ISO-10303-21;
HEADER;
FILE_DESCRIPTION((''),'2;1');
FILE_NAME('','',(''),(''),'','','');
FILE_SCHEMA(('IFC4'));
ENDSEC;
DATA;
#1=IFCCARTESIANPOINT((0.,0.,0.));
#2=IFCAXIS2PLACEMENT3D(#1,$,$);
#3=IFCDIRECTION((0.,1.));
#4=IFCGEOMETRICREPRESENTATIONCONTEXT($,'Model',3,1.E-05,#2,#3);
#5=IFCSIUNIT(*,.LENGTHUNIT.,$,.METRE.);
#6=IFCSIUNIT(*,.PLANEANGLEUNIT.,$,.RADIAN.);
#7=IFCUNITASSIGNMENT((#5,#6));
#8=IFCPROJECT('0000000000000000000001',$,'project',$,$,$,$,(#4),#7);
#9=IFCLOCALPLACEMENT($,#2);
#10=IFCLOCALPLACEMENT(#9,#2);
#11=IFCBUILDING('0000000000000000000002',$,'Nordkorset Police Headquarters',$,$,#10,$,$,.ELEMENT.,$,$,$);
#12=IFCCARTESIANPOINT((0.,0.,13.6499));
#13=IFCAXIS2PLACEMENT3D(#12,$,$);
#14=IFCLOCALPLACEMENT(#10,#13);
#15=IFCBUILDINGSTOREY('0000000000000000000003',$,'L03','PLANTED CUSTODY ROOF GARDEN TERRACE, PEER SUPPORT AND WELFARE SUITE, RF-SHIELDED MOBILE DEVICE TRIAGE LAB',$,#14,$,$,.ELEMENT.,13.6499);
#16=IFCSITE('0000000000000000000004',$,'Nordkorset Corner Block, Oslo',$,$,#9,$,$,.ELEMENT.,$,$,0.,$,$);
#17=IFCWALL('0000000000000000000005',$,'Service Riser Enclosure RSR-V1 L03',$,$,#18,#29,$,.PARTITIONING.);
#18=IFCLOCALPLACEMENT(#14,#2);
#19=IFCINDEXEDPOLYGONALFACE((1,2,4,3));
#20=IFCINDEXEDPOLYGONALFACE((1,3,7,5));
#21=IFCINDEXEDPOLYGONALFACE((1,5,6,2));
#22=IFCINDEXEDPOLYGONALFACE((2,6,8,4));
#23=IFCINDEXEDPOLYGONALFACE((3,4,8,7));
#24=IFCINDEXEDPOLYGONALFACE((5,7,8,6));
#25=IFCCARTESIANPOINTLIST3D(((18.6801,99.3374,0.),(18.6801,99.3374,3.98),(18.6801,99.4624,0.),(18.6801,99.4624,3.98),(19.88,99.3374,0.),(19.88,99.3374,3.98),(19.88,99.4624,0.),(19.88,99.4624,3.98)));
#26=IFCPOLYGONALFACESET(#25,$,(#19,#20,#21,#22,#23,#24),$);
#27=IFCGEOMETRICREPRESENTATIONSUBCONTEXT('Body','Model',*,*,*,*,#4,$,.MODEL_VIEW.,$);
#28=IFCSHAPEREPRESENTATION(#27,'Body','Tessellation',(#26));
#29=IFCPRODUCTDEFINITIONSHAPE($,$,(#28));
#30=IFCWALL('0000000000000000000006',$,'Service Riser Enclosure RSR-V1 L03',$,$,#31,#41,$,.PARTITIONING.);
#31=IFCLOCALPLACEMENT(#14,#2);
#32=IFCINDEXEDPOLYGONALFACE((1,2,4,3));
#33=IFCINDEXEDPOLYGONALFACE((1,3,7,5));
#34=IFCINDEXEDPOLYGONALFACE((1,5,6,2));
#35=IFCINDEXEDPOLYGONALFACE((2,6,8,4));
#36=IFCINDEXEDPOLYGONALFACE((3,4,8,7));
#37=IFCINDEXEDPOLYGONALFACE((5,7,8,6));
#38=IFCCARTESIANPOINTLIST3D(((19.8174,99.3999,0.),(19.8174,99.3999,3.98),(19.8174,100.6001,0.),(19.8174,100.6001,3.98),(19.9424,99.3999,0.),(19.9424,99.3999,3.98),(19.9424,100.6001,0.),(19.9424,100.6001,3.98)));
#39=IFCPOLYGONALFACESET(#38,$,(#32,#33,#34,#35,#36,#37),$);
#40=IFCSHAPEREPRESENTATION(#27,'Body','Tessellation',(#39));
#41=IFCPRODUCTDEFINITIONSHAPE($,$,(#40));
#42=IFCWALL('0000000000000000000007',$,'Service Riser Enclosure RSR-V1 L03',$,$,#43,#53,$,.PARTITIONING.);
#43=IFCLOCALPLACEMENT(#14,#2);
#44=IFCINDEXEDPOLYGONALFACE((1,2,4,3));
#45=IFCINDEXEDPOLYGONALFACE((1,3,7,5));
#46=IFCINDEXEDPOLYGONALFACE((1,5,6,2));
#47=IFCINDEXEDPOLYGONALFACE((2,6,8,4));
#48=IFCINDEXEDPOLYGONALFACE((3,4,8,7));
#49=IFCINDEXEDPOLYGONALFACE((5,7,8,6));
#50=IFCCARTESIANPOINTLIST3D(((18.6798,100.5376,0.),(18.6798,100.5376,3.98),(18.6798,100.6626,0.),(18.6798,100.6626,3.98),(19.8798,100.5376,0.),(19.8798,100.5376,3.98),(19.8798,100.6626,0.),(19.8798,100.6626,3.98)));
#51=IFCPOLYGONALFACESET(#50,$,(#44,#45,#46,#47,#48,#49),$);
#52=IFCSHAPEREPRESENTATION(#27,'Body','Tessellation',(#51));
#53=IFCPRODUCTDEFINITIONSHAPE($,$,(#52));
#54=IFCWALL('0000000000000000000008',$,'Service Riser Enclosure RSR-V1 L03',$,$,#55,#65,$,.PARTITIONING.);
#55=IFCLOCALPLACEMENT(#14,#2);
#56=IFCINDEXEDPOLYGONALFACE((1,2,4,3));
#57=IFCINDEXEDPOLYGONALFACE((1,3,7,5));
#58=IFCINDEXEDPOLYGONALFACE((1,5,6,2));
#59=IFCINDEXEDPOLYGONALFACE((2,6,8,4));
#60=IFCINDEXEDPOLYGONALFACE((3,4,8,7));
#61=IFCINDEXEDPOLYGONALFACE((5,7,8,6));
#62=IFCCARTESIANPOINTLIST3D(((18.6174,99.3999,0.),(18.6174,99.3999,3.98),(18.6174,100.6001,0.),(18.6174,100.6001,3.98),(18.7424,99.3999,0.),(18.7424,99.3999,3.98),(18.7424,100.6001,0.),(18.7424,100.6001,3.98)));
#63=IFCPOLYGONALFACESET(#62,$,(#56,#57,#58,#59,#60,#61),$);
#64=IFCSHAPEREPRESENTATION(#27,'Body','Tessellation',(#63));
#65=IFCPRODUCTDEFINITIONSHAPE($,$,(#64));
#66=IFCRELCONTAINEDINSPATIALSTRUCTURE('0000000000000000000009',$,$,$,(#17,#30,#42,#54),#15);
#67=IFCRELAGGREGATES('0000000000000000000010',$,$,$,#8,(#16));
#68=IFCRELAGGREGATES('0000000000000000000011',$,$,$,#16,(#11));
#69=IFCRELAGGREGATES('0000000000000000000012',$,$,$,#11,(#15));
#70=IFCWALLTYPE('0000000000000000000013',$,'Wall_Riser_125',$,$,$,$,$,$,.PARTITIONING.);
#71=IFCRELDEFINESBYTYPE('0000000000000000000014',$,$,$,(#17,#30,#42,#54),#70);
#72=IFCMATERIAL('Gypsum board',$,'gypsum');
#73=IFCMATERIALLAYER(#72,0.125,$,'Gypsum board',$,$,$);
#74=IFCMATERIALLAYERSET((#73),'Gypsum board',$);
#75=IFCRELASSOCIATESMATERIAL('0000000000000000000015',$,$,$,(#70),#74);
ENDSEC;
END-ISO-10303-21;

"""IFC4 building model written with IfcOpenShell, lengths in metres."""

from ifc_helpers import new_model, si_unit, direction, frame, frame_2d, origin, place, context, subcontext, project, spatial, rectangle, extrude, material, layer, layer_set, type_object, element, save


model = new_model("IFC4")

# Units and contexts
model_context = context("Model", 3, precision=1e-05, world=origin(), true_north=direction((0.0, 1.0)))
body_context = subcontext(model_context, "Body", "Model", "MODEL_VIEW")
ifc_project = project(units=[si_unit("LENGTHUNIT", "METRE"), si_unit("PLANEANGLEUNIT", "RADIAN")], contexts=[model_context])

# Site, building, storey
site_placement = place(None, origin())
site = spatial("IfcSite", under=ifc_project, at=site_placement, Name="Nordkorset Corner Block, Oslo", CompositionType="ELEMENT", RefElevation=0.0)
building_placement = place(site_placement, origin())
building = spatial("IfcBuilding", under=site, at=building_placement, Name="Nordkorset Police Headquarters", CompositionType="ELEMENT")
storey_placement = place(building_placement, frame((0.0, 0.0, 13.6499)))
storey = spatial("IfcBuildingStorey", under=building, at=storey_placement, Name="L03", Description="PLANTED CUSTODY ROOF GARDEN TERRACE, PEER SUPPORT AND WELFARE SUITE, RF-SHIELDED MOBILE DEVICE TRIAGE LAB", CompositionType="ELEMENT", Elevation=13.6499)

# Walls
ifc_material_1 = material(Name="Gypsum board", Category="gypsum")
ifc_layer_1 = layer(ifc_material_1, 0.125, Name="Gypsum board")
ifc_layer_set_1 = layer_set([ifc_layer_1], Name="Gypsum board")
wall_type_1 = type_object("IfcWallType", Name="Wall_Riser_125", PredefinedType="PARTITIONING", material=ifc_layer_set_1)
wall_1_placement = place(storey_placement, frame((18.6799, 99.3999, 0.0), z_axis=(0.0, 0.0, 1.0), x_axis=(1.0, 0.0, 0.0)))
element("IfcWall", 1, at=wall_1_placement, inside=storey, type_object=wall_type_1, Name="Service Riser Enclosure RSR-V1 L03", PredefinedType="PARTITIONING", context=body_context, shape_type="SweptSolid", body=[
    extrude(rectangle(XDim=1.2, YDim=0.125, at=frame_2d((0.6001, 0.0))), origin(), (0.0, 0.0, 1.0), 3.98),
])
wall_2_placement = place(storey_placement, frame((19.8799, 99.3999, 0.0), z_axis=(0.0, 0.0, 1.0), x_axis=(0.0, 1.0, 0.0)))
element("IfcWall", 2, at=wall_2_placement, inside=storey, type_object=wall_type_1, Name="Service Riser Enclosure RSR-V1 L03", PredefinedType="PARTITIONING", context=body_context, shape_type="SweptSolid", body=[
    extrude(rectangle(XDim=1.2002, YDim=0.125, at=frame_2d((0.6001, 0.0))), origin(), (0.0, 0.0, 1.0), 3.98),
])
wall_3_placement = place(storey_placement, frame((19.8799, 100.6001, 0.0), z_axis=(0.0, 0.0, 1.0), x_axis=(-1.0, 0.0, 0.0)))
element("IfcWall", 3, at=wall_3_placement, inside=storey, type_object=wall_type_1, Name="Service Riser Enclosure RSR-V1 L03", PredefinedType="PARTITIONING", context=body_context, shape_type="SweptSolid", body=[
    extrude(rectangle(XDim=1.2, YDim=0.125, at=frame_2d((0.6001, 0.0))), origin(), (0.0, 0.0, 1.0), 3.98),
])
wall_4_placement = place(storey_placement, frame((18.6799, 100.6001, 0.0), z_axis=(0.0, 0.0, 1.0), x_axis=(0.0, -1.0, 0.0)))
element("IfcWall", 4, at=wall_4_placement, inside=storey, type_object=wall_type_1, Name="Service Riser Enclosure RSR-V1 L03", PredefinedType="PARTITIONING", context=body_context, shape_type="SweptSolid", body=[
    extrude(rectangle(XDim=1.2002, YDim=0.125, at=frame_2d((0.6001, 0.0))), origin(), (0.0, 0.0, 1.0), 3.98),
])

save(model, "model.ifc")
